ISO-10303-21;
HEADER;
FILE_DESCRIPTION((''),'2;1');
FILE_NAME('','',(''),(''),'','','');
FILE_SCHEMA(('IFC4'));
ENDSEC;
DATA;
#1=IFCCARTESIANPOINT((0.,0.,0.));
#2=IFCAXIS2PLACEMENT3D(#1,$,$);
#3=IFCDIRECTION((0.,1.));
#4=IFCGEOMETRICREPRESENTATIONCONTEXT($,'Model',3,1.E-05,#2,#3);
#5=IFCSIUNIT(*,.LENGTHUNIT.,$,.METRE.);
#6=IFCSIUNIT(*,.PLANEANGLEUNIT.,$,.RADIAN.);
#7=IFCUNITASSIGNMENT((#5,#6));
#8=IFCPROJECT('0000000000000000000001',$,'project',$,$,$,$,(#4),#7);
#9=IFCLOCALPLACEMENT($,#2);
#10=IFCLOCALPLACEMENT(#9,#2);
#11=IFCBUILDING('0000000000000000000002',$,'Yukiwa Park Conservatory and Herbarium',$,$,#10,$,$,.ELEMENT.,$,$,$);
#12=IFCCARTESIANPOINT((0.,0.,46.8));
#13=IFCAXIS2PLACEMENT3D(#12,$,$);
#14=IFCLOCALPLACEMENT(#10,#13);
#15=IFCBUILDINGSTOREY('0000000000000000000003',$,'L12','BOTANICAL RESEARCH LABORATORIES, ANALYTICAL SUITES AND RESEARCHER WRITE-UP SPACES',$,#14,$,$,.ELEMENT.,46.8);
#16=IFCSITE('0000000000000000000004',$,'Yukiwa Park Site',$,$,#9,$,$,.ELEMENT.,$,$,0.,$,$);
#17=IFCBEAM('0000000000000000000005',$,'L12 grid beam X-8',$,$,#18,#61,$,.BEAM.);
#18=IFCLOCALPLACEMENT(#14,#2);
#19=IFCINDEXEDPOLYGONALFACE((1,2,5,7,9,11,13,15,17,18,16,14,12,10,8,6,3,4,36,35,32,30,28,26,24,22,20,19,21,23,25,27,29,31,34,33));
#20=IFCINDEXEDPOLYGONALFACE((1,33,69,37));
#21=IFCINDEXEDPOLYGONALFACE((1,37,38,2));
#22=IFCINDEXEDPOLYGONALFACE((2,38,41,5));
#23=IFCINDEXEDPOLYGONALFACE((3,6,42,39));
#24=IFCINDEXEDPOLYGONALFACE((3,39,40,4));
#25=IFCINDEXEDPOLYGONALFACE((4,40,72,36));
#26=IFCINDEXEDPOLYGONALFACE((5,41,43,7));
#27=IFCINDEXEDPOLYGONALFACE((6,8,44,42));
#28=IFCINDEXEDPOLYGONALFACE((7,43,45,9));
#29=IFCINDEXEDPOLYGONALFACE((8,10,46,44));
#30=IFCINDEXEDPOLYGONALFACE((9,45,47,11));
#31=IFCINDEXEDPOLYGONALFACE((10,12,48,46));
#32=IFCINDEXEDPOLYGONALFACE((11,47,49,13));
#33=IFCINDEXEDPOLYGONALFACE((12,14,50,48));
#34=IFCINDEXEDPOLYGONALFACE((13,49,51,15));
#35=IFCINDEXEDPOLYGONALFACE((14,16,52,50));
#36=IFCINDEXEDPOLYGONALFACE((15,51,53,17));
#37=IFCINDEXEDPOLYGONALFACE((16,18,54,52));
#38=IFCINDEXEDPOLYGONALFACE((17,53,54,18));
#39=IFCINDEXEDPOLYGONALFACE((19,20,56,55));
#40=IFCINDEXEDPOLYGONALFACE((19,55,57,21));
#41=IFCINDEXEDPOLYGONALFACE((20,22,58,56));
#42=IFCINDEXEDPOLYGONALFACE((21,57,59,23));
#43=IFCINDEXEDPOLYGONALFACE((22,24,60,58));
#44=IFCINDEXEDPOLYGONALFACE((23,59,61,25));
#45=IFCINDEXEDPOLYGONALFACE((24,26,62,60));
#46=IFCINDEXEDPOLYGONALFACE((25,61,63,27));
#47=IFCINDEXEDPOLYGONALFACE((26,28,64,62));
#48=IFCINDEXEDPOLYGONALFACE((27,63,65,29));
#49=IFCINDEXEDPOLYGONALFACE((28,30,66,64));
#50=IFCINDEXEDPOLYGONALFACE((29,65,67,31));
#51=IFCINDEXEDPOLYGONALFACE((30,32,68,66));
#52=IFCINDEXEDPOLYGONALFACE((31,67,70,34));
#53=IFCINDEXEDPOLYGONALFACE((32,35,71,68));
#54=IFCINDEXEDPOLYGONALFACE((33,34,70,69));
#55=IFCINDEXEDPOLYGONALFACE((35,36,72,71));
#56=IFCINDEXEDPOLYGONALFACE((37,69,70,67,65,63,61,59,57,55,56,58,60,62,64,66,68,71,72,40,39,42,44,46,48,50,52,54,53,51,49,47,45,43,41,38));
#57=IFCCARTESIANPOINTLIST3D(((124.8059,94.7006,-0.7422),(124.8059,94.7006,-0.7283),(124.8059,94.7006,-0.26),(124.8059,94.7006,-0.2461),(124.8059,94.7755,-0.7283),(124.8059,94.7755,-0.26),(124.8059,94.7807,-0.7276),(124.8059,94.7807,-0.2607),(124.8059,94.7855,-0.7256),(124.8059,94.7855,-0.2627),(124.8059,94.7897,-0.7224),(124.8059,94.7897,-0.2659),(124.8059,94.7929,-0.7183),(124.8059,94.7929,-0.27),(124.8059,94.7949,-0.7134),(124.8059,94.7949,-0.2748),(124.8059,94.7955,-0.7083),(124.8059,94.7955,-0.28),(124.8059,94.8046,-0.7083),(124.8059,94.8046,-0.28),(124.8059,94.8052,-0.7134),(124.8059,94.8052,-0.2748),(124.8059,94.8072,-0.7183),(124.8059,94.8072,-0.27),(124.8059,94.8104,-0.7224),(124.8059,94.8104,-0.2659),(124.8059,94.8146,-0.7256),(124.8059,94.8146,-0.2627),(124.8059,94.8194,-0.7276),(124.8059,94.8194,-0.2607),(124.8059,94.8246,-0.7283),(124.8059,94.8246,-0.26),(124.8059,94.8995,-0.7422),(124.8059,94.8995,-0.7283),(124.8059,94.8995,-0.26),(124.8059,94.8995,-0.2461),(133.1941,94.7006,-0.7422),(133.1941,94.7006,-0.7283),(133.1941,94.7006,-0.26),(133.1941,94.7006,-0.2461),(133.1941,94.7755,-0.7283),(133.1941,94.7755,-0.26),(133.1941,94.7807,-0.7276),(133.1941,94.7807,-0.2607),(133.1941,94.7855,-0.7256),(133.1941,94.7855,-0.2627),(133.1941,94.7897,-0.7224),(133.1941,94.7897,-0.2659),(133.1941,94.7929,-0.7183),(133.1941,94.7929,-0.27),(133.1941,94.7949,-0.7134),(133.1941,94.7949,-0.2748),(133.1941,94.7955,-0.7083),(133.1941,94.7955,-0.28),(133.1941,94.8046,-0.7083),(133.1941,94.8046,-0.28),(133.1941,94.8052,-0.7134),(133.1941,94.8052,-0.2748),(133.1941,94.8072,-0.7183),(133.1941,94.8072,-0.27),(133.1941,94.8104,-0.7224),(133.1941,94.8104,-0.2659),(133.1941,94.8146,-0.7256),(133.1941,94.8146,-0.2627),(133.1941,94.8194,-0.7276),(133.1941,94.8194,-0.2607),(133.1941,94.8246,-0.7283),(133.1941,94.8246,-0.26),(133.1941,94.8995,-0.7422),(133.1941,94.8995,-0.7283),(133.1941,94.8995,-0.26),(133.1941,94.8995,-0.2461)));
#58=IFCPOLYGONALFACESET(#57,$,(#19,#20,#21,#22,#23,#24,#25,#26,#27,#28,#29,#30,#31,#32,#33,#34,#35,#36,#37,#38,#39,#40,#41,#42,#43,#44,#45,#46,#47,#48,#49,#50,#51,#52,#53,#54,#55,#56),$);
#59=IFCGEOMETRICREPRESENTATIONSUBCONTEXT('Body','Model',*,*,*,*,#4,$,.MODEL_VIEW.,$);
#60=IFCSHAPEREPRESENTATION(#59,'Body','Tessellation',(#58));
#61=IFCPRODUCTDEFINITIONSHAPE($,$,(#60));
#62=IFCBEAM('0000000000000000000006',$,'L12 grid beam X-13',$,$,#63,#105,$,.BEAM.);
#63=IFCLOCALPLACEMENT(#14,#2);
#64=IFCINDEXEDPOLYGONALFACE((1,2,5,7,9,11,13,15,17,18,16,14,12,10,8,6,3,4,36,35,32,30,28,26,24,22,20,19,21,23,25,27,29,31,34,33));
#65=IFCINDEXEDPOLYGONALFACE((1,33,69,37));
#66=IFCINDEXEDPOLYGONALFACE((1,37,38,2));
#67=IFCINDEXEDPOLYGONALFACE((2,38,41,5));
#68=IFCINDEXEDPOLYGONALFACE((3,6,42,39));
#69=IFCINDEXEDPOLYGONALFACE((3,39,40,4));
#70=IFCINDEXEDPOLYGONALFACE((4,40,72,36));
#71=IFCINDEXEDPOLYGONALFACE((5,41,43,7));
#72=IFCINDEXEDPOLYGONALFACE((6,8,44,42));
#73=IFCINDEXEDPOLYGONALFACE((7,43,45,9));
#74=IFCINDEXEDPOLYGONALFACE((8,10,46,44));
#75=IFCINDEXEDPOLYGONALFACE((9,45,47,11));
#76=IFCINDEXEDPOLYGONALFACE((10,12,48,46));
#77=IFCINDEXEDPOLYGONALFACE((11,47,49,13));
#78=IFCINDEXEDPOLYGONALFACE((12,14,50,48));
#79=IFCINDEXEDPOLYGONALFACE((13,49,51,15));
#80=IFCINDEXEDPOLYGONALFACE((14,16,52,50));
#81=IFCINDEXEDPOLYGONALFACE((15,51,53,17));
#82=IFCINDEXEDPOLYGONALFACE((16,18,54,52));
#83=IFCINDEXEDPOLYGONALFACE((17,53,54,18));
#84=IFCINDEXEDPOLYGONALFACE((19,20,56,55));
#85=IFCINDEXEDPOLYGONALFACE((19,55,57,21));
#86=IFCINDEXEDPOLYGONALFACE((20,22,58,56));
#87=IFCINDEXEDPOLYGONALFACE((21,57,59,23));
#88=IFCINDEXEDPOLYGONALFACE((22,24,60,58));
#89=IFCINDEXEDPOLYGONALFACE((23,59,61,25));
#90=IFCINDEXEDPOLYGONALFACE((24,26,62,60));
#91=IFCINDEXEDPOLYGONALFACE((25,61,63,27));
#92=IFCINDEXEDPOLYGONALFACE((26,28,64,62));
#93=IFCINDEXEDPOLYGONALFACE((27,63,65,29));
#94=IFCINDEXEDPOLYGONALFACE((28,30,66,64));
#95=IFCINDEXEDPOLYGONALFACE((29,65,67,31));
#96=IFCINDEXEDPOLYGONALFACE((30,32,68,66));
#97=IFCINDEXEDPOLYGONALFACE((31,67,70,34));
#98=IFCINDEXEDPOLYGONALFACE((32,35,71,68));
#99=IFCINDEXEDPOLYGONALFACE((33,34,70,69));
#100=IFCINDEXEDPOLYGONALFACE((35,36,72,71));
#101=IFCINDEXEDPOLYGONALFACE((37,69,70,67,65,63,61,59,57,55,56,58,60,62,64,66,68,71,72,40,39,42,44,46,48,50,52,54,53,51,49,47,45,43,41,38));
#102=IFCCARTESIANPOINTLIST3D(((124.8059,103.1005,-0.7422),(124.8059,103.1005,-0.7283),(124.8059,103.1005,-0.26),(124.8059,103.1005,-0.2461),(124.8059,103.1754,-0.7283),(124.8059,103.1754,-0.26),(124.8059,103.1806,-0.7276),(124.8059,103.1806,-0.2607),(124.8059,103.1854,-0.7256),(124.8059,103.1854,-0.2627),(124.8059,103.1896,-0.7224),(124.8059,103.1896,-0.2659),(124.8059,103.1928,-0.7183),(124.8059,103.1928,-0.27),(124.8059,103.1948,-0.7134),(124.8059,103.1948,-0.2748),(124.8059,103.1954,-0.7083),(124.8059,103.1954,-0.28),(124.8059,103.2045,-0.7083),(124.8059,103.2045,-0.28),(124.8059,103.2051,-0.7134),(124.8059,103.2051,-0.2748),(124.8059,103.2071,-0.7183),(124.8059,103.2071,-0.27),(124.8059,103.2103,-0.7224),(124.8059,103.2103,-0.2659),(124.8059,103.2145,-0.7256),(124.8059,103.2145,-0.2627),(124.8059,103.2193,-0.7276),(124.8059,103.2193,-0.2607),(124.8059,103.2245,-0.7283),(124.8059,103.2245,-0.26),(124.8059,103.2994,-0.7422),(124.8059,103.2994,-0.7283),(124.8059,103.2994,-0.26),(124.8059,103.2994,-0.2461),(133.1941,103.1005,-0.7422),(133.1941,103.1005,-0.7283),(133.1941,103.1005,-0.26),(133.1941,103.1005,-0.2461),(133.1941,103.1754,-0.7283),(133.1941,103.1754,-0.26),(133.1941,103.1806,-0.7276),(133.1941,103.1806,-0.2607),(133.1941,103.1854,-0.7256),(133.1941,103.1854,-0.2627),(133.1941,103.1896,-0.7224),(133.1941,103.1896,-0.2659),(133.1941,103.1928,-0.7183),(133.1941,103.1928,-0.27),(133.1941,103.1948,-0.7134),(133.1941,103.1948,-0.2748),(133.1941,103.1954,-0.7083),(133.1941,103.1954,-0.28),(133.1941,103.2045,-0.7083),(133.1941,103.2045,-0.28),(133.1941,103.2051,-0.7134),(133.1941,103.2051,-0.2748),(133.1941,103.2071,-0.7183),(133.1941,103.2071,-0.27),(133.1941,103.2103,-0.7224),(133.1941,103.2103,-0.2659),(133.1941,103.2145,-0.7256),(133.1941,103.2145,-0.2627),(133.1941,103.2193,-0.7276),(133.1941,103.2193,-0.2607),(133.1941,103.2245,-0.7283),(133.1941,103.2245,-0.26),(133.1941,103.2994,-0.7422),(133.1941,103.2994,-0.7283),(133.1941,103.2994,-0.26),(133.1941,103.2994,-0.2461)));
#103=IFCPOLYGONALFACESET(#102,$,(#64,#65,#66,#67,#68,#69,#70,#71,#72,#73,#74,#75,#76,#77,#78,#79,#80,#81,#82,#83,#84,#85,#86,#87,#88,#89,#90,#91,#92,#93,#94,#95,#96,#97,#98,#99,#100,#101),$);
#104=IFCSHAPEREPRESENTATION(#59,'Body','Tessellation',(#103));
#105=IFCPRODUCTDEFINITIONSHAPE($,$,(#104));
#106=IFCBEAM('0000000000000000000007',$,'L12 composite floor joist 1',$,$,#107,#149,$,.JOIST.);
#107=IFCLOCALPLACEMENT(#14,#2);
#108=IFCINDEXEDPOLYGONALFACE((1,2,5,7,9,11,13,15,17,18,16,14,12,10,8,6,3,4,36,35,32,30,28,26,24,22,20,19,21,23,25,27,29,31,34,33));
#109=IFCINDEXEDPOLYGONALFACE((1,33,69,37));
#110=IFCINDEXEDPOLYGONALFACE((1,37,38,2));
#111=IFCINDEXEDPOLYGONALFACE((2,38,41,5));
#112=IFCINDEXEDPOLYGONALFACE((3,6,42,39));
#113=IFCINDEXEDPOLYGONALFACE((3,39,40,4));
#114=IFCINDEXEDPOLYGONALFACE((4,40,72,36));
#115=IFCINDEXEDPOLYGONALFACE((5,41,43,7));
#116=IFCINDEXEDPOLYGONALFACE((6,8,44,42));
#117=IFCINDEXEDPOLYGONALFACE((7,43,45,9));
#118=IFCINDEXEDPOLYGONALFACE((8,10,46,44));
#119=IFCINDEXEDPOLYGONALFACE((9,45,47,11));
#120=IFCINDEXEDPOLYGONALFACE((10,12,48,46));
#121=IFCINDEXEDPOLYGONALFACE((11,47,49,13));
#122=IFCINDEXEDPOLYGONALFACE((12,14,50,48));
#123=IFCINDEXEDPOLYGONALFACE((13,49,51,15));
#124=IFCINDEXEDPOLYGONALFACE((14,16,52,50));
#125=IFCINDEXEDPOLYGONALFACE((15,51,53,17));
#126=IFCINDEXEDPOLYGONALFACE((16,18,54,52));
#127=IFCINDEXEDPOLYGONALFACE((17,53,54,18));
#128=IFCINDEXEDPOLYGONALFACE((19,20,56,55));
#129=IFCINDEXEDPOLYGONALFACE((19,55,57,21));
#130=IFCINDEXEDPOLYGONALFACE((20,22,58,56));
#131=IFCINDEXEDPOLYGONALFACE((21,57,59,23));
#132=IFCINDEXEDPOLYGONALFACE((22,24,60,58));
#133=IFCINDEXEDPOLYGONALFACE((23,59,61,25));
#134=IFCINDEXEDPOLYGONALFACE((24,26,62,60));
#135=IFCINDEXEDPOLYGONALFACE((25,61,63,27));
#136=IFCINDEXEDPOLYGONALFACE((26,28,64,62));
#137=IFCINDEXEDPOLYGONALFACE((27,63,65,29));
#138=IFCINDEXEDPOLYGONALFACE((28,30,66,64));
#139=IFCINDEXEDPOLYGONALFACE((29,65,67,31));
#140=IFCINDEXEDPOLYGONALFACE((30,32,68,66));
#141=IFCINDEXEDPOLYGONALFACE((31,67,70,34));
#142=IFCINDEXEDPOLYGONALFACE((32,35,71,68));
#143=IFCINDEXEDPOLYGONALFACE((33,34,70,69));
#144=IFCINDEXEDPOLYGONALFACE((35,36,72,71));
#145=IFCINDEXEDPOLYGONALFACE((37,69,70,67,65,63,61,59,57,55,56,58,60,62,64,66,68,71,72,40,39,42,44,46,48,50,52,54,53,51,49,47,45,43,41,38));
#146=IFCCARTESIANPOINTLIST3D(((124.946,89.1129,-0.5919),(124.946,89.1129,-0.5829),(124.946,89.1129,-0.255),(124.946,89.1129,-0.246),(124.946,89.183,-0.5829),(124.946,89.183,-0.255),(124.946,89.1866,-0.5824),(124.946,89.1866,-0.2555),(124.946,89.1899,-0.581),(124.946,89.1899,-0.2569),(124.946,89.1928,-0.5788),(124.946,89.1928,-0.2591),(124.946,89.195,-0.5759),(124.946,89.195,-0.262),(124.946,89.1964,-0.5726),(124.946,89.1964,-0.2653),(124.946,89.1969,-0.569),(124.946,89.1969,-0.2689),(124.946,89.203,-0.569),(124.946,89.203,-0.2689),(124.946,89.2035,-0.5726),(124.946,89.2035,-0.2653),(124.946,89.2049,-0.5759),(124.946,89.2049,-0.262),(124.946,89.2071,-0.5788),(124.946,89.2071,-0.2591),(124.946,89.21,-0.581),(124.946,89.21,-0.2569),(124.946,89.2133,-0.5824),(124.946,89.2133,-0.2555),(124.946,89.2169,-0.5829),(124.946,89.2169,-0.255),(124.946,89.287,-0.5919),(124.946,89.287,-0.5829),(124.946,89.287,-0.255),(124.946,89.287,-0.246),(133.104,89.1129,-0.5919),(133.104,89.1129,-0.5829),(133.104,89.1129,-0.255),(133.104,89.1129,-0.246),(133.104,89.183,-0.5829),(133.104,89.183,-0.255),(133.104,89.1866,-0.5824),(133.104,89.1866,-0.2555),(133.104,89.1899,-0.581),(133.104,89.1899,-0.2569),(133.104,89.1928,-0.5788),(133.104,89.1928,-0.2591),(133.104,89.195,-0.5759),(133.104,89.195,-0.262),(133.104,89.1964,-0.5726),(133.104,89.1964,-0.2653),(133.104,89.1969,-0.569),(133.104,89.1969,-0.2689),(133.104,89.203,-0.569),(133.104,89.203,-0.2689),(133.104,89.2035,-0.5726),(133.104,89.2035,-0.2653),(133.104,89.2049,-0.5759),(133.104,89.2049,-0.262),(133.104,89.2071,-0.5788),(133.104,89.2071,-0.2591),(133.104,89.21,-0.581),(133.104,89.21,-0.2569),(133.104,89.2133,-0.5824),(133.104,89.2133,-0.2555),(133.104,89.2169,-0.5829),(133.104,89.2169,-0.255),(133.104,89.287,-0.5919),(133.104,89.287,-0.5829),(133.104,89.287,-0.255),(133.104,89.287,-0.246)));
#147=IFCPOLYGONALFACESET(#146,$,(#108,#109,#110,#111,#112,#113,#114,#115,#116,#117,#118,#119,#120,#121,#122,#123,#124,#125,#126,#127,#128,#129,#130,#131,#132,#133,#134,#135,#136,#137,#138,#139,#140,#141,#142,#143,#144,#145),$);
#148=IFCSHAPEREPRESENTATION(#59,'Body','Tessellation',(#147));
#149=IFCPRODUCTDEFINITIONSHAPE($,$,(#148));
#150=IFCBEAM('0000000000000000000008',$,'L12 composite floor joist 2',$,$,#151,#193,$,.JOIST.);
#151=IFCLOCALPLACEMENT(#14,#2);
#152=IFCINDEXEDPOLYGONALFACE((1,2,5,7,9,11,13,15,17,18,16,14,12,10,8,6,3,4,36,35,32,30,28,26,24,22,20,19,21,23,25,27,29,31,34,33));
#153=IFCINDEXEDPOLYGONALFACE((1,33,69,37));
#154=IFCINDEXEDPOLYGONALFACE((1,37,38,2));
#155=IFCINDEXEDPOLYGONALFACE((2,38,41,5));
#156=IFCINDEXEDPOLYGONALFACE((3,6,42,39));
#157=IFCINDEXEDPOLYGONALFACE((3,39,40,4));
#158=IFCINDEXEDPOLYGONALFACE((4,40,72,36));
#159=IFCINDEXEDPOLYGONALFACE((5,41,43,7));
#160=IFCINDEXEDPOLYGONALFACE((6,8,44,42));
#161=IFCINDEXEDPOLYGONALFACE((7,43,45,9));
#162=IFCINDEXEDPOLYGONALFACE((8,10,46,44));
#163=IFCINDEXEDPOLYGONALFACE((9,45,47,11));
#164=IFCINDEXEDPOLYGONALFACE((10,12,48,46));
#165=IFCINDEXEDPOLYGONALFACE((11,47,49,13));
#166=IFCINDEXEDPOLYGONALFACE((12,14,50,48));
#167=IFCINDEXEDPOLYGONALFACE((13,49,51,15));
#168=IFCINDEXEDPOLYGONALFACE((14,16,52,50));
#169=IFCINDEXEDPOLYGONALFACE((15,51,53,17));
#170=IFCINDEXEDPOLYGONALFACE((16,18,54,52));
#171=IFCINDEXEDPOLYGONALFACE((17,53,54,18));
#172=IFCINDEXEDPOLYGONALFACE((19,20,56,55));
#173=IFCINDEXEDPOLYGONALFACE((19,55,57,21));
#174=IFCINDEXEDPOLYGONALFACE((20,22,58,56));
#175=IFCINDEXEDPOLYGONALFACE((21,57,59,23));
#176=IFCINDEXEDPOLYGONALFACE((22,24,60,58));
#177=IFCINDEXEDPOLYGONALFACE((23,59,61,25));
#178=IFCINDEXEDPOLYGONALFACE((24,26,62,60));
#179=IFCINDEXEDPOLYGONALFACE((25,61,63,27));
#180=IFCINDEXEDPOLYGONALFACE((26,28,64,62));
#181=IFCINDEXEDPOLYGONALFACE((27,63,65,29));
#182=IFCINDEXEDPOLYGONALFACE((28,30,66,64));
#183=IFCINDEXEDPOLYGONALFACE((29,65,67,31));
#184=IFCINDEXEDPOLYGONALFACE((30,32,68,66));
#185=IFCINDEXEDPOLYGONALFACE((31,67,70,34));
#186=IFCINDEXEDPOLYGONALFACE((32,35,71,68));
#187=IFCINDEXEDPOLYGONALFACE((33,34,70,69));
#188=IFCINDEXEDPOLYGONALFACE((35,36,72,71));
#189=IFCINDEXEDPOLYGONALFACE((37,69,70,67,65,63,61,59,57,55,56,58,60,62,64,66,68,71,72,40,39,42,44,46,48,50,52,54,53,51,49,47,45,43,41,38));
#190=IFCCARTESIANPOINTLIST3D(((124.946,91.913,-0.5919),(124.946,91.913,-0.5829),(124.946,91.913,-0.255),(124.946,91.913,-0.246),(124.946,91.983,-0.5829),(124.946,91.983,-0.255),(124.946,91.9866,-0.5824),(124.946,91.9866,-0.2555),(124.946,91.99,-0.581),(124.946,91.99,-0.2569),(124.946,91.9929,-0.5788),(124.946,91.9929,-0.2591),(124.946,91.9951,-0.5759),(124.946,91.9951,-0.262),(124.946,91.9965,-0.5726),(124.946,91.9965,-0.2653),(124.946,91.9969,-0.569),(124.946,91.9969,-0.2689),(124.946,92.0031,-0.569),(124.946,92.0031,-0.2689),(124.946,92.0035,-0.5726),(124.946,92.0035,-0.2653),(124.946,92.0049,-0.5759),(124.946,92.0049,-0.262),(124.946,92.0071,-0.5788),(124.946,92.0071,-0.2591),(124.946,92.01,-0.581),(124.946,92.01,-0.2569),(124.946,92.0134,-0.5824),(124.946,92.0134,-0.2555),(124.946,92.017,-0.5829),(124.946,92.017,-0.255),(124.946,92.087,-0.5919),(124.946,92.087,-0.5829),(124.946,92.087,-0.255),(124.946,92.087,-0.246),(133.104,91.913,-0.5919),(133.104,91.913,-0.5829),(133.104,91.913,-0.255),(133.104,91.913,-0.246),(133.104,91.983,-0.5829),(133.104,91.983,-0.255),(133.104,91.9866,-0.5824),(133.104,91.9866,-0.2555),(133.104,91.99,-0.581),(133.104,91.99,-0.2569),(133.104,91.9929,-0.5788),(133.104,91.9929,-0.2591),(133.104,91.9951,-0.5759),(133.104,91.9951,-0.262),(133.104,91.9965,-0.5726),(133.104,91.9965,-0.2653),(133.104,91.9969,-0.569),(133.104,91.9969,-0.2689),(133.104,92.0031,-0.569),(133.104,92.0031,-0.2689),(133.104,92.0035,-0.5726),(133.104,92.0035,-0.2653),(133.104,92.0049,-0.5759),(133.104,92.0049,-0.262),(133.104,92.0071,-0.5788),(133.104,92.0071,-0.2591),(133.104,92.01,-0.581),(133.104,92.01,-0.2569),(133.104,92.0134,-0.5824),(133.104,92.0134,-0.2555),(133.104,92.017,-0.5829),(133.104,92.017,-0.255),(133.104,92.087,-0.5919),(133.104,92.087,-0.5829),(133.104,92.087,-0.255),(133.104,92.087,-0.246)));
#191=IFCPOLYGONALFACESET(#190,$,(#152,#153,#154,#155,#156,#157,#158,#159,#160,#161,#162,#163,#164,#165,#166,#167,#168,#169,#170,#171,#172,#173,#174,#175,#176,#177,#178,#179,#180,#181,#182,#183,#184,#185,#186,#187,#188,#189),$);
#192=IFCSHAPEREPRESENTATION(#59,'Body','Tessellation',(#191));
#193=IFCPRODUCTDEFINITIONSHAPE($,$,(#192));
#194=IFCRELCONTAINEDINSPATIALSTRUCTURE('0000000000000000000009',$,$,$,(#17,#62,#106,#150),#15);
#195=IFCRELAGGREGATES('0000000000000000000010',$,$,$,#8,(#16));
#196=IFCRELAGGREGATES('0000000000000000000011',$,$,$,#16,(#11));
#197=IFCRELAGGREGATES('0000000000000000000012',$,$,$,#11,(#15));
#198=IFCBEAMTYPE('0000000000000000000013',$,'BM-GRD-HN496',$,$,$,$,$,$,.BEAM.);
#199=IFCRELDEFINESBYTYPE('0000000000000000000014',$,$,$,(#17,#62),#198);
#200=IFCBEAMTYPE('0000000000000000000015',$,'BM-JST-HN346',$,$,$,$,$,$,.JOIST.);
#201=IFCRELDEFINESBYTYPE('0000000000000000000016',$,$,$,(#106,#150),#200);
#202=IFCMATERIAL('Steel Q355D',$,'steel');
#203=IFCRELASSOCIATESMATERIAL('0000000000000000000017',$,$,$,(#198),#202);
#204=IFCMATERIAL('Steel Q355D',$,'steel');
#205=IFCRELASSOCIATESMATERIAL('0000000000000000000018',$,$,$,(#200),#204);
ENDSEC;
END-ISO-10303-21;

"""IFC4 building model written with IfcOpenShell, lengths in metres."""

from ifc_helpers import new_model, si_unit, direction, frame, origin, origin_2d, place, context, subcontext, project, spatial, i_section, extrude, material, material_profile, profile_set, type_object, element, save


model = new_model("IFC4")

# Units and contexts
model_context = context("Model", 3, precision=1e-05, world=origin(), true_north=direction((0.0, 1.0)))
body_context = subcontext(model_context, "Body", "Model", "MODEL_VIEW")
ifc_project = project(units=[si_unit("LENGTHUNIT", "METRE"), si_unit("PLANEANGLEUNIT", "RADIAN")], contexts=[model_context])

# Site, building, storey
site_placement = place(None, origin())
site = spatial("IfcSite", under=ifc_project, at=site_placement, Name="Yukiwa Park Site", CompositionType="ELEMENT", RefElevation=0.0)
building_placement = place(site_placement, origin())
building = spatial("IfcBuilding", under=site, at=building_placement, Name="Yukiwa Park Conservatory and Herbarium", CompositionType="ELEMENT")
storey_placement = place(building_placement, frame((0.0, 0.0, 46.8)))
storey = spatial("IfcBuildingStorey", under=building, at=storey_placement, Name="L12", Description="BOTANICAL RESEARCH LABORATORIES, ANALYTICAL SUITES AND RESEARCHER WRITE-UP SPACES", CompositionType="ELEMENT", Elevation=46.8)

# Beams
ifc_material_1 = material(Name="Steel Q355D", Category="steel")
ifc_material_profile_1 = material_profile(ifc_material_1, i_section(OverallWidth=0.199, OverallDepth=0.4961, WebThickness=0.009, FlangeThickness=0.0139, FilletRadius=0.02, at=origin_2d()), Name="HN 496x199x9x14")
ifc_profile_set_1 = profile_set([ifc_material_profile_1], Name="Steel Q355D")
beam_type_1 = type_object("IfcBeamType", Name="BM-GRD-HN496", PredefinedType="BEAM", material=ifc_profile_set_1)
for number, where, z_axis, x_axis, name in (
    (1, (124.8059, 94.8, -0.4941), (1.0, 0.0, 0.0), (0.0, 1.0, 0.0), "L12 grid beam X-8"),
    (2, (124.8059, 103.2, -0.4941), (1.0, 0.0, 0.0), (0.0, 1.0, 0.0), "L12 grid beam X-13"),
):
    element("IfcBeam", number, at=place(storey_placement, frame(where, z_axis=z_axis, x_axis=x_axis)), inside=storey, type_object=beam_type_1, Name=name, PredefinedType="BEAM", context=body_context, shape_type="SweptSolid", body=[
        extrude(i_section(OverallWidth=0.199, OverallDepth=0.4961, WebThickness=0.009, FlangeThickness=0.0139, FilletRadius=0.02, at=origin_2d()), origin(), (0.0, 0.0, 1.0), 8.3882),
    ])
ifc_material_2 = material(Name="Steel Q355D", Category="steel")
ifc_material_profile_2 = material_profile(ifc_material_2, i_section(OverallWidth=0.1741, OverallDepth=0.3459, WebThickness=0.0061, FlangeThickness=0.009, FilletRadius=0.0139, at=origin_2d()), Name="HN 346x174x6x9")
ifc_profile_set_2 = profile_set([ifc_material_profile_2], Name="Steel Q355D")
beam_type_2 = type_object("IfcBeamType", Name="BM-JST-HN346", PredefinedType="JOIST", material=ifc_profile_set_2)
for number, where, z_axis, x_axis, name in (
    (3, (124.946, 89.2, -0.4189), (1.0, 0.0, 0.0), (0.0, 1.0, 0.0), "L12 composite floor joist 1"),
    (4, (124.946, 92.0, -0.4189), (1.0, 0.0, 0.0), (0.0, 1.0, 0.0), "L12 composite floor joist 2"),
):
    element("IfcBeam", number, at=place(storey_placement, frame(where, z_axis=z_axis, x_axis=x_axis)), inside=storey, type_object=beam_type_2, Name=name, PredefinedType="JOIST", context=body_context, shape_type="SweptSolid", body=[
        extrude(i_section(OverallWidth=0.1741, OverallDepth=0.3459, WebThickness=0.0061, FlangeThickness=0.009, FilletRadius=0.0139, at=origin_2d()), origin(), (0.0, 0.0, 1.0), 8.158),
    ])

save(model, "model.ifc")
